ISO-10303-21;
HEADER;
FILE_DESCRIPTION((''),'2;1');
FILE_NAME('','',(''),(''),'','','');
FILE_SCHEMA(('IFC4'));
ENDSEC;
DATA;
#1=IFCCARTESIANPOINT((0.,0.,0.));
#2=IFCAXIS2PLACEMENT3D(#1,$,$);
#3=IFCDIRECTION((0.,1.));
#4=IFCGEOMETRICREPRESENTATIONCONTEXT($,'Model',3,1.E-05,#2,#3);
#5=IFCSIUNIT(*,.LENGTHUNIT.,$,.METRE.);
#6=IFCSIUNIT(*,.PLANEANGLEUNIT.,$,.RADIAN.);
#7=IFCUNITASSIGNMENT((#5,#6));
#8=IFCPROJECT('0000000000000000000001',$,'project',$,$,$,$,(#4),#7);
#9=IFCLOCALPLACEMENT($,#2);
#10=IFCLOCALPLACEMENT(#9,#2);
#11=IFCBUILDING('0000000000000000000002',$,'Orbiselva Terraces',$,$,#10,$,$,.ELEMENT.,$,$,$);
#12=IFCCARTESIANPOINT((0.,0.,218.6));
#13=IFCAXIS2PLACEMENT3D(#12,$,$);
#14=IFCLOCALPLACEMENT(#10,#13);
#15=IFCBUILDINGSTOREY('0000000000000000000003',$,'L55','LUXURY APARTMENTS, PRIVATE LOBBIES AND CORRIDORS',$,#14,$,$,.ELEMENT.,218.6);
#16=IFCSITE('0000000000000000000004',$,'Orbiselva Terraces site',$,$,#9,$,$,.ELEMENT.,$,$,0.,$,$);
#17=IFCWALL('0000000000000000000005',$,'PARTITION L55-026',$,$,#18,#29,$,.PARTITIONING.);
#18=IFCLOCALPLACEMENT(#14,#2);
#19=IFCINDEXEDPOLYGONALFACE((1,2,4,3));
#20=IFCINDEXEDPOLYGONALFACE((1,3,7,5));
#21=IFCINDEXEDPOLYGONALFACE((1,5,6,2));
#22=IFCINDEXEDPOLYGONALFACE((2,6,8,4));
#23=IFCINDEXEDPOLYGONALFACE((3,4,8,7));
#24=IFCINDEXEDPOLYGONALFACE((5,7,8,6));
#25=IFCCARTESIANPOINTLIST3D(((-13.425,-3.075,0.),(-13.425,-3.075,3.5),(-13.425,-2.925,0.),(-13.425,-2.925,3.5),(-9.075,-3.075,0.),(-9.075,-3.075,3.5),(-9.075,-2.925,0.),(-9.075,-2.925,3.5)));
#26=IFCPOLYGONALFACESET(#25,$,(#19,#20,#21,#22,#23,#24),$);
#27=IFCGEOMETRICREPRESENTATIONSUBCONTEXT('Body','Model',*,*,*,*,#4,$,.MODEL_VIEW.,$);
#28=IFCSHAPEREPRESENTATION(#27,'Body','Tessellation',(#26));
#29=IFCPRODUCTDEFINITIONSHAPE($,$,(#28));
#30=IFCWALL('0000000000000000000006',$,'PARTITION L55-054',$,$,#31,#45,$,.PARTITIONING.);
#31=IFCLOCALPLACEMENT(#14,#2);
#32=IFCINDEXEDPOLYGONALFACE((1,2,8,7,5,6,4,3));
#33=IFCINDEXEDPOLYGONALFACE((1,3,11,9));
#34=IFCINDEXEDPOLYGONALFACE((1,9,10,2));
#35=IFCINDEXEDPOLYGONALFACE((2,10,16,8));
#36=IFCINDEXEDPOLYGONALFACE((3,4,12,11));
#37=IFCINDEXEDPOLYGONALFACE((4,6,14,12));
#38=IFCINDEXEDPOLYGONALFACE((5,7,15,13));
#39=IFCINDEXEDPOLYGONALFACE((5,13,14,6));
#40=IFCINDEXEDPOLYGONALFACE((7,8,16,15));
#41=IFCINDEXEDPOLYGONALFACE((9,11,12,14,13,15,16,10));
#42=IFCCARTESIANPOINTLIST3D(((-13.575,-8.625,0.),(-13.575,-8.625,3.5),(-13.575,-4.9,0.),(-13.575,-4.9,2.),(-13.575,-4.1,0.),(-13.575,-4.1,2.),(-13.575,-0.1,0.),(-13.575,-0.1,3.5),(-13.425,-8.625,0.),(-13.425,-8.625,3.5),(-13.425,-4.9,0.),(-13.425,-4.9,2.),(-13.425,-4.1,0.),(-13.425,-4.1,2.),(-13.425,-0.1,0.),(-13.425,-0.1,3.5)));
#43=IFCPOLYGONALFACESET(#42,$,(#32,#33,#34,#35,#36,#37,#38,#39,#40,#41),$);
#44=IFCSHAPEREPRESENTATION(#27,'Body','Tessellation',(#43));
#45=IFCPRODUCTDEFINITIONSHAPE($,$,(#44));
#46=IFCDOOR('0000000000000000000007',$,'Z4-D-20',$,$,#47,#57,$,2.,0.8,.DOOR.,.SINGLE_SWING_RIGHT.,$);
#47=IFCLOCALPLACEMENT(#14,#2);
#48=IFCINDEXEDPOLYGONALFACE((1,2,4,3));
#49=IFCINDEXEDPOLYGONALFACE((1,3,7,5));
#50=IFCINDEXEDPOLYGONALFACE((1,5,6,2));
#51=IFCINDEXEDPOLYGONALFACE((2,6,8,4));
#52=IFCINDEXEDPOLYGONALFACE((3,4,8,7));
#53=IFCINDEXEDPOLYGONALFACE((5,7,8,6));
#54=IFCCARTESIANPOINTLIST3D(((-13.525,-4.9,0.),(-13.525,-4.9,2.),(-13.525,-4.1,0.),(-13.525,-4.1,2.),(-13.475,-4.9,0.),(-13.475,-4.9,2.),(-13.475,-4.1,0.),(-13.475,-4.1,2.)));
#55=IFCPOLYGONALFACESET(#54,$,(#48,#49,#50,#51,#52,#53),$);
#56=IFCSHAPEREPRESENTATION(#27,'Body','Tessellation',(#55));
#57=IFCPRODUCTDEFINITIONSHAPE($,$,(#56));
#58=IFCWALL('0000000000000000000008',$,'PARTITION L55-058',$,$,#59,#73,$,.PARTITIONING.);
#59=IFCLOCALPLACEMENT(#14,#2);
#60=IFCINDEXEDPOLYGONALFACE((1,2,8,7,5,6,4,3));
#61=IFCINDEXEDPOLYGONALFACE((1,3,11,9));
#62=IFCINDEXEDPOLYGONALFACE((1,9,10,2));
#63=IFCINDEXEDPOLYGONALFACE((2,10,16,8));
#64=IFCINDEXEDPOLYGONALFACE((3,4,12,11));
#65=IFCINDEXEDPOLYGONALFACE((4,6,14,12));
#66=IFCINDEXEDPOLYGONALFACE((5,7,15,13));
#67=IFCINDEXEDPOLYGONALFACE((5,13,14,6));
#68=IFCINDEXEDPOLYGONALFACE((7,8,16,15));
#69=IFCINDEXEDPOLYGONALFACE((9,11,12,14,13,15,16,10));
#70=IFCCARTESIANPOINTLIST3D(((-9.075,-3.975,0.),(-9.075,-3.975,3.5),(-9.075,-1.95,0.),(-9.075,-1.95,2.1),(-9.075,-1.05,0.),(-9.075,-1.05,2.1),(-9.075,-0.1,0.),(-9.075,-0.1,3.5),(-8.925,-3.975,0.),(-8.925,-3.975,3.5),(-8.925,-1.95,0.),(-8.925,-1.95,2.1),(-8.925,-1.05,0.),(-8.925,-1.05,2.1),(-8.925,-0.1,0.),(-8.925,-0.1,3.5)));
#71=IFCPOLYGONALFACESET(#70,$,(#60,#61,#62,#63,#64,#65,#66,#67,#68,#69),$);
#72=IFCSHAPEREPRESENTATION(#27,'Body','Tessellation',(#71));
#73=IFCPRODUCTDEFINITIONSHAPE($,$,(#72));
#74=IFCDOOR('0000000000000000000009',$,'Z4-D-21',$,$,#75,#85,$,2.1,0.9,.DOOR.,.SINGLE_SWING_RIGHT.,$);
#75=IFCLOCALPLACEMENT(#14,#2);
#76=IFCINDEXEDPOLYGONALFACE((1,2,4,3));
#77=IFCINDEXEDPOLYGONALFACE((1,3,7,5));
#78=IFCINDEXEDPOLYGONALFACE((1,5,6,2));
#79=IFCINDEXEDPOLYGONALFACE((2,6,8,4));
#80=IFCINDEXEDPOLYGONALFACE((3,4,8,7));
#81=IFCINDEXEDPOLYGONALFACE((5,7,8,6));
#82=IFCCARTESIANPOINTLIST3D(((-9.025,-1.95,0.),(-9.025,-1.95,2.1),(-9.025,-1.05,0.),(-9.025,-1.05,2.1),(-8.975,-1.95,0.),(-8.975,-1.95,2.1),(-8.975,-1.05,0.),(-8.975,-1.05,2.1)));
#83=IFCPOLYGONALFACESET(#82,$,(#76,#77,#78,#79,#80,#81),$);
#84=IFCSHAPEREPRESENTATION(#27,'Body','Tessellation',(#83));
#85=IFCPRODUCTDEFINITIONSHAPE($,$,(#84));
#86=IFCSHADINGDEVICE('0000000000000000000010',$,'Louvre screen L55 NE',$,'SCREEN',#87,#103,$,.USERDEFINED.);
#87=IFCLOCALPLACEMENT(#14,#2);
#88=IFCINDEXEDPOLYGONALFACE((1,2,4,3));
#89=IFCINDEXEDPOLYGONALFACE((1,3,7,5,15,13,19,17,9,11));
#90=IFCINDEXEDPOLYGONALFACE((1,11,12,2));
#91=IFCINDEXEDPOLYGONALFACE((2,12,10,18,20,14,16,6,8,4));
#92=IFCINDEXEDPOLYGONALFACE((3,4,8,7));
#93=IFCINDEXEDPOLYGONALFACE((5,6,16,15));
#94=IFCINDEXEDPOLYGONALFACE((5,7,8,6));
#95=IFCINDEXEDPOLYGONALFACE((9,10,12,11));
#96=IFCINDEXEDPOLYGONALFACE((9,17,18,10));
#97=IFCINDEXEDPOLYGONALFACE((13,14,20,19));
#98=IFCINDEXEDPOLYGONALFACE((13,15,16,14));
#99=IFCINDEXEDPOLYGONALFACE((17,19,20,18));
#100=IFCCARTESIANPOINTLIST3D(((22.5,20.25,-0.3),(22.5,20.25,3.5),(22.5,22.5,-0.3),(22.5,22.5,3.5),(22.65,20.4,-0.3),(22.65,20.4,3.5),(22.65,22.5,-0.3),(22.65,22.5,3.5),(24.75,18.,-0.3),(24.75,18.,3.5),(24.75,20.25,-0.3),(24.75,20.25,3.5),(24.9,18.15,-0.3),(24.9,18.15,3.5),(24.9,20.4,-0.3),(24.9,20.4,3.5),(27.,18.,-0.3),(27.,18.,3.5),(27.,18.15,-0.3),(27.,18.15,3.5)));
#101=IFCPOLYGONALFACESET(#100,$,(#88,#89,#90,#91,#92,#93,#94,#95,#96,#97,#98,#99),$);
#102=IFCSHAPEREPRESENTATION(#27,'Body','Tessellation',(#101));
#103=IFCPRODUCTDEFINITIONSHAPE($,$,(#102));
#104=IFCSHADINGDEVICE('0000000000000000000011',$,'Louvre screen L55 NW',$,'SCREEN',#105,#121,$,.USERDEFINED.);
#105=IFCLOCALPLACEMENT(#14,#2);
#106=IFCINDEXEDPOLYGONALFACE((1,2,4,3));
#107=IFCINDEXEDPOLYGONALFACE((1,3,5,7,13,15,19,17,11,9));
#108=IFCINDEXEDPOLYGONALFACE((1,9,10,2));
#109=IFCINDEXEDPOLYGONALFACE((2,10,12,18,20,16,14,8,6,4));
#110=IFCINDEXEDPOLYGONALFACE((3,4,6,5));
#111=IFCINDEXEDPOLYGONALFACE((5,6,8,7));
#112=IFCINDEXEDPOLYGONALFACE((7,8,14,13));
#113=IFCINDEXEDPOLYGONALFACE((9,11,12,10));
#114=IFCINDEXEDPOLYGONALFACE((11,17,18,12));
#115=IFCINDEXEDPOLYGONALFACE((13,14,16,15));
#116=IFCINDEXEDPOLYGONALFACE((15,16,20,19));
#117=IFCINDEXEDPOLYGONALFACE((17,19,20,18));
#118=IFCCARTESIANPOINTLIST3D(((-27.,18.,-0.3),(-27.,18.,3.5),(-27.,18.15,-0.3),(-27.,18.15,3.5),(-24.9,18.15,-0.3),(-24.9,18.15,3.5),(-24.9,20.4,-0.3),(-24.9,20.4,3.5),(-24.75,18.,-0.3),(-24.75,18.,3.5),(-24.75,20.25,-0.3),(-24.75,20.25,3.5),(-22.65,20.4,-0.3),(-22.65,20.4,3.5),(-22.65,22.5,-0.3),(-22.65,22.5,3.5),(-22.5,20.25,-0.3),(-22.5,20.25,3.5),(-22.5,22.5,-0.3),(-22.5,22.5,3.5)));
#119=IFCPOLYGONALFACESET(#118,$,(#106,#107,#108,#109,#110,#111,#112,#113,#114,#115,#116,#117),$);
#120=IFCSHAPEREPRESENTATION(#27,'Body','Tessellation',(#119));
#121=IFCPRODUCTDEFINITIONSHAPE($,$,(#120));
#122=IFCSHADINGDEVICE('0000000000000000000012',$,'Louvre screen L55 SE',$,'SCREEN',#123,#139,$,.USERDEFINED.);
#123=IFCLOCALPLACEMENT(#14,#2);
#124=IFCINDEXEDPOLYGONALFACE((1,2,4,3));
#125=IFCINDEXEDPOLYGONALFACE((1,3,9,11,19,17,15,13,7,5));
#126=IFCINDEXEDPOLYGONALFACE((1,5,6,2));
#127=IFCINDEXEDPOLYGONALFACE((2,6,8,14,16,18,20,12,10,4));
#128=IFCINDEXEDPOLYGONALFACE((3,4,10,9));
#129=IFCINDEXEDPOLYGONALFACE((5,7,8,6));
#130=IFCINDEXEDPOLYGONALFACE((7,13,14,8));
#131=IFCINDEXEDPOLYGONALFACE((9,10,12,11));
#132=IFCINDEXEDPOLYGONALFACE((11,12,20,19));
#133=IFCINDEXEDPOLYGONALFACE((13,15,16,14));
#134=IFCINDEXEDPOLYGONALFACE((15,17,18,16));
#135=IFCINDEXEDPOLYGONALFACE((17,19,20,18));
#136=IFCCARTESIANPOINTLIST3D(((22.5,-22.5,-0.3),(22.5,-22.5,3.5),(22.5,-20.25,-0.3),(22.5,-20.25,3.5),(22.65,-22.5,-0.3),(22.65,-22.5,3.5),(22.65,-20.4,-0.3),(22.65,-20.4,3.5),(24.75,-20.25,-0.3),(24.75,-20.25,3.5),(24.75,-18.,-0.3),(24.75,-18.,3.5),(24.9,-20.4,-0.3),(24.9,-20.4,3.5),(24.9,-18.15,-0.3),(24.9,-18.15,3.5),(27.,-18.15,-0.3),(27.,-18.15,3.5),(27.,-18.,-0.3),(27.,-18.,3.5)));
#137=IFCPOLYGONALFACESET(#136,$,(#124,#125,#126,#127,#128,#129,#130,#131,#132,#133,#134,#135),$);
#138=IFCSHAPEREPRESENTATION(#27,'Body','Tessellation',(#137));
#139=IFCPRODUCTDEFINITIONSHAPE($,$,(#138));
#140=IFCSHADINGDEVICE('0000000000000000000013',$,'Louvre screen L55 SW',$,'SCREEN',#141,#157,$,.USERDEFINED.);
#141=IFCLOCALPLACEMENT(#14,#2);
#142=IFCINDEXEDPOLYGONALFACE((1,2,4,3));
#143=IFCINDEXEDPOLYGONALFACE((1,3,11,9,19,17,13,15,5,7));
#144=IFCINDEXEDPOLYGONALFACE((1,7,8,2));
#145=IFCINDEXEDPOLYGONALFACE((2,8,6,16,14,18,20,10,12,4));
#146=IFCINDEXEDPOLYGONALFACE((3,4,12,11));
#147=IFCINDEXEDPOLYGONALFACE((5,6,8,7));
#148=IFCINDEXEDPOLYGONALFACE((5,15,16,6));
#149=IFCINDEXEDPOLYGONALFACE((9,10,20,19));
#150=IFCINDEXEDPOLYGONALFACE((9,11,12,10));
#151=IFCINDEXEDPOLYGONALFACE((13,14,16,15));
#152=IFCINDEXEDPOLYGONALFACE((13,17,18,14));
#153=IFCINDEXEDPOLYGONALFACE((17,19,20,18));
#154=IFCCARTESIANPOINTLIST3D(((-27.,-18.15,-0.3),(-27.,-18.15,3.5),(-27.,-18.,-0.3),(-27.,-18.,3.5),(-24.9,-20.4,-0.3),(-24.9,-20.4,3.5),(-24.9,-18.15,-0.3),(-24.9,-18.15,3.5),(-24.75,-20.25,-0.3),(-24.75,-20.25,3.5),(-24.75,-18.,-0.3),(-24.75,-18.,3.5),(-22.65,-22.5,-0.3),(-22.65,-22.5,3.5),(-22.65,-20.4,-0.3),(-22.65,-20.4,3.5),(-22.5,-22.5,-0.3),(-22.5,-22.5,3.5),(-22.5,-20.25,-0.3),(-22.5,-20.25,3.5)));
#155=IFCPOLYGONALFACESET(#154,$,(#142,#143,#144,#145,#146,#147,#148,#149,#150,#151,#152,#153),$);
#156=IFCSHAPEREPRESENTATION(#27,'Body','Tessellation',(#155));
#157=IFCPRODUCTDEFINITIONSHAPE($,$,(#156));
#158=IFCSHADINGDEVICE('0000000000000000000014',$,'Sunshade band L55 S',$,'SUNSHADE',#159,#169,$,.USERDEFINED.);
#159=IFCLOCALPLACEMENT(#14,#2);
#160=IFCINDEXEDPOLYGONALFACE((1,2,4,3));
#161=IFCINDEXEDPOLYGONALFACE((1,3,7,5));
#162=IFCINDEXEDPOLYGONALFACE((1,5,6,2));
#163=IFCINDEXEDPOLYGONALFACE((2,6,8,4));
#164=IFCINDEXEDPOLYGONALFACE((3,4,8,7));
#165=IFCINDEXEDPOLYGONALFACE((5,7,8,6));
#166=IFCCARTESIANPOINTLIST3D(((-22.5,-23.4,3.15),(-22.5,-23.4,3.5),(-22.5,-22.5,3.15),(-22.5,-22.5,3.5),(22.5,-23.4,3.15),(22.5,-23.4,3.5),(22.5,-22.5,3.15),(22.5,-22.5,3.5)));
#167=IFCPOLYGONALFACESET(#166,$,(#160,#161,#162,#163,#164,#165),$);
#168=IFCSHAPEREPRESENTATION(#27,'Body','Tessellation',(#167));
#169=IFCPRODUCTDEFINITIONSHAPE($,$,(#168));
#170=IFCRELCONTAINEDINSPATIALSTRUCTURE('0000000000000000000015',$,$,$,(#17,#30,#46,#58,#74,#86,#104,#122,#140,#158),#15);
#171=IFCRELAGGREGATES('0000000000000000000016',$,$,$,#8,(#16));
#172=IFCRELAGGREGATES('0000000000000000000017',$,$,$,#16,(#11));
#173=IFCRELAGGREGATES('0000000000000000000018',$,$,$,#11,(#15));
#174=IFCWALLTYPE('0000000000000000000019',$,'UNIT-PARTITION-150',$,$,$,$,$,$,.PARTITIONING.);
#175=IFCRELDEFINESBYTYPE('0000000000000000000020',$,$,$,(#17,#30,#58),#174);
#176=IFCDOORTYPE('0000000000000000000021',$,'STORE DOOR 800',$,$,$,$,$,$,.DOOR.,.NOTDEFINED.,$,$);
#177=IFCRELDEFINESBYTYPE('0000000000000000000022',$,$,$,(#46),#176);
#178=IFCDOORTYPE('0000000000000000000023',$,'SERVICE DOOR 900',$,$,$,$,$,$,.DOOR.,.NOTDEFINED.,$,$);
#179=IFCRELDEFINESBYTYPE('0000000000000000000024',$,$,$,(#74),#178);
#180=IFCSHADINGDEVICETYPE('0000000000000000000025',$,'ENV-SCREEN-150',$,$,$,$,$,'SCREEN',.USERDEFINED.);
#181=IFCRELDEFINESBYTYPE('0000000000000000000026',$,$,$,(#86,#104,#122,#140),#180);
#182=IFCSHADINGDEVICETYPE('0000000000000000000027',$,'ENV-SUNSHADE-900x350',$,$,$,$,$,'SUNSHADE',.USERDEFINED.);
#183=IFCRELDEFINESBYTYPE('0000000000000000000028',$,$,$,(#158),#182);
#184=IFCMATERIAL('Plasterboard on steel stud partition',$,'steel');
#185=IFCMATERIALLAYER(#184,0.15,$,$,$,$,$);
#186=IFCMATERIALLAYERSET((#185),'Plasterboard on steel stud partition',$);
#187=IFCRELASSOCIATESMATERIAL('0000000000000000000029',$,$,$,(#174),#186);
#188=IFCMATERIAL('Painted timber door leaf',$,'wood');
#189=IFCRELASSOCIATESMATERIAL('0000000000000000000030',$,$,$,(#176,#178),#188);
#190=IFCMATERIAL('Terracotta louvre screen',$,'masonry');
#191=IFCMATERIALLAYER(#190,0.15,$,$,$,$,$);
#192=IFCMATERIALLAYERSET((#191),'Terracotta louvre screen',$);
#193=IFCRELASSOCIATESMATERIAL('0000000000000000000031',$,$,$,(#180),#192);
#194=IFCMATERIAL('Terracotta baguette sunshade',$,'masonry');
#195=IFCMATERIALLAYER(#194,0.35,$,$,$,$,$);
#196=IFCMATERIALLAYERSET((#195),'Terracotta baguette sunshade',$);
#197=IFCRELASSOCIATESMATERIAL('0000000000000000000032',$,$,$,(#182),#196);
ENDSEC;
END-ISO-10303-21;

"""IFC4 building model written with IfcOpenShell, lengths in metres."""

from ifc_helpers import new_model, si_unit, direction, frame, frame_2d, origin, place, context, subcontext, project, spatial, polyline, rectangle, outline, extrude, material, layer, layer_set, type_object, element, fill, save


model = new_model("IFC4")

# Units and contexts
model_context = context("Model", 3, precision=1e-05, world=origin(), true_north=direction((0.0, 1.0)))
body_context = subcontext(model_context, "Body", "Model", "MODEL_VIEW")
ifc_project = project(units=[si_unit("LENGTHUNIT", "METRE"), si_unit("PLANEANGLEUNIT", "RADIAN")], contexts=[model_context])

# Site, building, storey
site_placement = place(None, origin())
site = spatial("IfcSite", under=ifc_project, at=site_placement, Name="Orbiselva Terraces site", CompositionType="ELEMENT", RefElevation=0.0)
building_placement = place(site_placement, origin())
building = spatial("IfcBuilding", under=site, at=building_placement, Name="Orbiselva Terraces", CompositionType="ELEMENT")
storey_placement = place(building_placement, frame((0.0, 0.0, 218.6)))
storey = spatial("IfcBuildingStorey", under=building, at=storey_placement, Name="L55", Description="LUXURY APARTMENTS, PRIVATE LOBBIES AND CORRIDORS", CompositionType="ELEMENT", Elevation=218.6)

# Wall
ifc_material_1 = material(Name="Plasterboard on steel stud partition", Category="steel")
ifc_layer_1 = layer(ifc_material_1, 0.15)
ifc_layer_set_1 = layer_set([ifc_layer_1], Name="Plasterboard on steel stud partition")
wall_type_1 = type_object("IfcWallType", Name="UNIT-PARTITION-150", PredefinedType="PARTITIONING", material=ifc_layer_set_1)
wall_1_placement = place(storey_placement, frame((-13.425, -3.0, 0.0), z_axis=(0.0, 0.0, 1.0), x_axis=(1.0, 0.0, 0.0)))
element("IfcWall", 1, at=wall_1_placement, inside=storey, type_object=wall_type_1, Name="PARTITION L55-026", PredefinedType="PARTITIONING", context=body_context, shape_type="SweptSolid", body=[
    extrude(rectangle(XDim=4.35, YDim=0.15, at=frame_2d((2.175, 0.0))), origin(), (0.0, 0.0, 1.0), 3.5),
])

# Walls, openings, doors
wall_2_placement = place(storey_placement, frame((-13.5, -0.1, 0.0), z_axis=(0.0, 0.0, 1.0), x_axis=(0.0, -1.0, 0.0)))
wall_2 = element("IfcWall", 2, at=wall_2_placement, inside=storey, type_object=wall_type_1, Name="PARTITION L55-054", PredefinedType="PARTITIONING", context=body_context, shape_type="SweptSolid", body=[
    extrude(rectangle(XDim=8.525, YDim=0.15, at=frame_2d((4.2625, 0.0))), origin(), (0.0, 0.0, 1.0), 3.5),
])
opening_1_placement = place(wall_2_placement, frame((4.0, 0.0, 0.0)))
opening_1 = element("IfcOpeningElement", 3, at=opening_1_placement, cuts=wall_2, PredefinedType="OPENING", context=body_context, shape_type="SweptSolid", body=[
    extrude(rectangle(XDim=0.8, YDim=2.0, at=frame_2d((0.4, 1.0))), frame((0.0, 0.085, 0.0), z_axis=(0.0, -1.0, 0.0), x_axis=(1.0, 0.0, 0.0)), (0.0, 0.0, 1.0), 0.17),
])
ifc_material_2 = material(Name="Painted timber door leaf", Category="wood")
door_type_1 = type_object("IfcDoorType", Name="STORE DOOR 800", OperationType="NOTDEFINED", PredefinedType="DOOR", material=ifc_material_2)
door_1_placement = place(opening_1_placement, origin())
door_1 = element("IfcDoor", 4, at=door_1_placement, inside=storey, type_object=door_type_1, Name="Z4-D-20", OperationType="SINGLE_SWING_RIGHT", OverallHeight=2.0, OverallWidth=0.8, PredefinedType="DOOR", context=body_context, shape_type="SweptSolid", body=[
    extrude(rectangle(XDim=0.8, YDim=2.0, at=frame_2d((0.4, 1.0))), frame((0.0, 0.025, 0.0), z_axis=(0.0, -1.0, 0.0), x_axis=(1.0, 0.0, 0.0)), (0.0, 0.0, 1.0), 0.05),
])
fill(opening_1, door_1)
wall_3_placement = place(storey_placement, frame((-9.0, -3.975, 0.0), z_axis=(0.0, 0.0, 1.0), x_axis=(0.0, 1.0, 0.0)))
wall_3 = element("IfcWall", 5, at=wall_3_placement, inside=storey, type_object=wall_type_1, Name="PARTITION L55-058", PredefinedType="PARTITIONING", context=body_context, shape_type="SweptSolid", body=[
    extrude(rectangle(XDim=3.875, YDim=0.15, at=frame_2d((1.9375, 0.0))), origin(), (0.0, 0.0, 1.0), 3.5),
])
opening_2_placement = place(wall_3_placement, frame((2.025, 0.0, 0.0)))
opening_2 = element("IfcOpeningElement", 6, at=opening_2_placement, cuts=wall_3, PredefinedType="OPENING", context=body_context, shape_type="SweptSolid", body=[
    extrude(rectangle(XDim=0.9, YDim=2.1, at=frame_2d((0.45, 1.05))), frame((0.0, 0.085, 0.0), z_axis=(0.0, -1.0, 0.0), x_axis=(1.0, 0.0, 0.0)), (0.0, 0.0, 1.0), 0.17),
])
door_type_2 = type_object("IfcDoorType", Name="SERVICE DOOR 900", OperationType="NOTDEFINED", PredefinedType="DOOR", material=ifc_material_2)
door_2_placement = place(opening_2_placement, origin())
door_2 = element("IfcDoor", 7, at=door_2_placement, inside=storey, type_object=door_type_2, Name="Z4-D-21", OperationType="SINGLE_SWING_RIGHT", OverallHeight=2.1, OverallWidth=0.9, PredefinedType="DOOR", context=body_context, shape_type="SweptSolid", body=[
    extrude(rectangle(XDim=0.9, YDim=2.1, at=frame_2d((0.45, 1.05))), frame((0.0, 0.025, 0.0), z_axis=(0.0, -1.0, 0.0), x_axis=(1.0, 0.0, 0.0)), (0.0, 0.0, 1.0), 0.05),
])
fill(opening_2, door_2)

# Shading devices
ifc_material_3 = material(Name="Terracotta louvre screen", Category="masonry")
ifc_layer_2 = layer(ifc_material_3, 0.15)
ifc_layer_set_2 = layer_set([ifc_layer_2], Name="Terracotta louvre screen")
shading_device_type_1 = type_object("IfcShadingDeviceType", Name="ENV-SCREEN-150", ElementType="SCREEN", PredefinedType="USERDEFINED", material=ifc_layer_set_2)
shading_device_1_placement = place(storey_placement, frame((0.0, 0.0, -0.3)))
element("IfcShadingDevice", 8, at=shading_device_1_placement, inside=storey, type_object=shading_device_type_1, Name="Louvre screen L55 NE", ObjectType="SCREEN", PredefinedType="USERDEFINED", context=body_context, shape_type="SweptSolid", body=[
    extrude(outline(polyline([(27.0, 18.15), (24.9, 18.15), (24.9, 20.4), (22.65, 20.4), (22.65, 22.5), (22.5, 22.5), (22.5, 20.25), (24.75, 20.25), (24.75, 18.0), (27.0, 18.0), (27.0, 18.15)])), origin(), (0.0, 0.0, 1.0), 3.8),
])
shading_device_2_placement = place(storey_placement, frame((0.0, 0.0, -0.3)))
element("IfcShadingDevice", 9, at=shading_device_2_placement, inside=storey, type_object=shading_device_type_1, Name="Louvre screen L55 NW", ObjectType="SCREEN", PredefinedType="USERDEFINED", context=body_context, shape_type="SweptSolid", body=[
    extrude(outline(polyline([(-22.65, 22.5), (-22.65, 20.4), (-24.9, 20.4), (-24.9, 18.15), (-27.0, 18.15), (-27.0, 18.0), (-24.75, 18.0), (-24.75, 20.25), (-22.5, 20.25), (-22.5, 22.5), (-22.65, 22.5)])), origin(), (0.0, 0.0, 1.0), 3.8),
])
shading_device_3_placement = place(storey_placement, frame((0.0, 0.0, -0.3)))
element("IfcShadingDevice", 10, at=shading_device_3_placement, inside=storey, type_object=shading_device_type_1, Name="Louvre screen L55 SE", ObjectType="SCREEN", PredefinedType="USERDEFINED", context=body_context, shape_type="SweptSolid", body=[
    extrude(outline(polyline([(22.65, -22.5), (22.65, -20.4), (24.9, -20.4), (24.9, -18.15), (27.0, -18.15), (27.0, -18.0), (24.75, -18.0), (24.75, -20.25), (22.5, -20.25), (22.5, -22.5), (22.65, -22.5)])), origin(), (0.0, 0.0, 1.0), 3.8),
])
shading_device_4_placement = place(storey_placement, frame((0.0, 0.0, -0.3)))
element("IfcShadingDevice", 11, at=shading_device_4_placement, inside=storey, type_object=shading_device_type_1, Name="Louvre screen L55 SW", ObjectType="SCREEN", PredefinedType="USERDEFINED", context=body_context, shape_type="SweptSolid", body=[
    extrude(outline(polyline([(-27.0, -18.15), (-24.9, -18.15), (-24.9, -20.4), (-22.65, -20.4), (-22.65, -22.5), (-22.5, -22.5), (-22.5, -20.25), (-24.75, -20.25), (-24.75, -18.0), (-27.0, -18.0), (-27.0, -18.15)])), origin(), (0.0, 0.0, 1.0), 3.8),
])
ifc_material_4 = material(Name="Terracotta baguette sunshade", Category="masonry")
ifc_layer_3 = layer(ifc_material_4, 0.35)
ifc_layer_set_3 = layer_set([ifc_layer_3], Name="Terracotta baguette sunshade")
shading_device_type_2 = type_object("IfcShadingDeviceType", Name="ENV-SUNSHADE-900x350", ElementType="SUNSHADE", PredefinedType="USERDEFINED", material=ifc_layer_set_3)
shading_device_5_placement = place(storey_placement, frame((0.0, 0.0, 3.15)))
element("IfcShadingDevice", 12, at=shading_device_5_placement, inside=storey, type_object=shading_device_type_2, Name="Sunshade band L55 S", ObjectType="SUNSHADE", PredefinedType="USERDEFINED", context=body_context, shape_type="SweptSolid", body=[
    extrude(outline(polyline([(-22.5, -23.4), (22.5, -23.4), (22.5, -22.5), (-22.5, -22.5), (-22.5, -23.4)])), origin(), (0.0, 0.0, 1.0), 0.35),
])

save(model, "model.ifc")
